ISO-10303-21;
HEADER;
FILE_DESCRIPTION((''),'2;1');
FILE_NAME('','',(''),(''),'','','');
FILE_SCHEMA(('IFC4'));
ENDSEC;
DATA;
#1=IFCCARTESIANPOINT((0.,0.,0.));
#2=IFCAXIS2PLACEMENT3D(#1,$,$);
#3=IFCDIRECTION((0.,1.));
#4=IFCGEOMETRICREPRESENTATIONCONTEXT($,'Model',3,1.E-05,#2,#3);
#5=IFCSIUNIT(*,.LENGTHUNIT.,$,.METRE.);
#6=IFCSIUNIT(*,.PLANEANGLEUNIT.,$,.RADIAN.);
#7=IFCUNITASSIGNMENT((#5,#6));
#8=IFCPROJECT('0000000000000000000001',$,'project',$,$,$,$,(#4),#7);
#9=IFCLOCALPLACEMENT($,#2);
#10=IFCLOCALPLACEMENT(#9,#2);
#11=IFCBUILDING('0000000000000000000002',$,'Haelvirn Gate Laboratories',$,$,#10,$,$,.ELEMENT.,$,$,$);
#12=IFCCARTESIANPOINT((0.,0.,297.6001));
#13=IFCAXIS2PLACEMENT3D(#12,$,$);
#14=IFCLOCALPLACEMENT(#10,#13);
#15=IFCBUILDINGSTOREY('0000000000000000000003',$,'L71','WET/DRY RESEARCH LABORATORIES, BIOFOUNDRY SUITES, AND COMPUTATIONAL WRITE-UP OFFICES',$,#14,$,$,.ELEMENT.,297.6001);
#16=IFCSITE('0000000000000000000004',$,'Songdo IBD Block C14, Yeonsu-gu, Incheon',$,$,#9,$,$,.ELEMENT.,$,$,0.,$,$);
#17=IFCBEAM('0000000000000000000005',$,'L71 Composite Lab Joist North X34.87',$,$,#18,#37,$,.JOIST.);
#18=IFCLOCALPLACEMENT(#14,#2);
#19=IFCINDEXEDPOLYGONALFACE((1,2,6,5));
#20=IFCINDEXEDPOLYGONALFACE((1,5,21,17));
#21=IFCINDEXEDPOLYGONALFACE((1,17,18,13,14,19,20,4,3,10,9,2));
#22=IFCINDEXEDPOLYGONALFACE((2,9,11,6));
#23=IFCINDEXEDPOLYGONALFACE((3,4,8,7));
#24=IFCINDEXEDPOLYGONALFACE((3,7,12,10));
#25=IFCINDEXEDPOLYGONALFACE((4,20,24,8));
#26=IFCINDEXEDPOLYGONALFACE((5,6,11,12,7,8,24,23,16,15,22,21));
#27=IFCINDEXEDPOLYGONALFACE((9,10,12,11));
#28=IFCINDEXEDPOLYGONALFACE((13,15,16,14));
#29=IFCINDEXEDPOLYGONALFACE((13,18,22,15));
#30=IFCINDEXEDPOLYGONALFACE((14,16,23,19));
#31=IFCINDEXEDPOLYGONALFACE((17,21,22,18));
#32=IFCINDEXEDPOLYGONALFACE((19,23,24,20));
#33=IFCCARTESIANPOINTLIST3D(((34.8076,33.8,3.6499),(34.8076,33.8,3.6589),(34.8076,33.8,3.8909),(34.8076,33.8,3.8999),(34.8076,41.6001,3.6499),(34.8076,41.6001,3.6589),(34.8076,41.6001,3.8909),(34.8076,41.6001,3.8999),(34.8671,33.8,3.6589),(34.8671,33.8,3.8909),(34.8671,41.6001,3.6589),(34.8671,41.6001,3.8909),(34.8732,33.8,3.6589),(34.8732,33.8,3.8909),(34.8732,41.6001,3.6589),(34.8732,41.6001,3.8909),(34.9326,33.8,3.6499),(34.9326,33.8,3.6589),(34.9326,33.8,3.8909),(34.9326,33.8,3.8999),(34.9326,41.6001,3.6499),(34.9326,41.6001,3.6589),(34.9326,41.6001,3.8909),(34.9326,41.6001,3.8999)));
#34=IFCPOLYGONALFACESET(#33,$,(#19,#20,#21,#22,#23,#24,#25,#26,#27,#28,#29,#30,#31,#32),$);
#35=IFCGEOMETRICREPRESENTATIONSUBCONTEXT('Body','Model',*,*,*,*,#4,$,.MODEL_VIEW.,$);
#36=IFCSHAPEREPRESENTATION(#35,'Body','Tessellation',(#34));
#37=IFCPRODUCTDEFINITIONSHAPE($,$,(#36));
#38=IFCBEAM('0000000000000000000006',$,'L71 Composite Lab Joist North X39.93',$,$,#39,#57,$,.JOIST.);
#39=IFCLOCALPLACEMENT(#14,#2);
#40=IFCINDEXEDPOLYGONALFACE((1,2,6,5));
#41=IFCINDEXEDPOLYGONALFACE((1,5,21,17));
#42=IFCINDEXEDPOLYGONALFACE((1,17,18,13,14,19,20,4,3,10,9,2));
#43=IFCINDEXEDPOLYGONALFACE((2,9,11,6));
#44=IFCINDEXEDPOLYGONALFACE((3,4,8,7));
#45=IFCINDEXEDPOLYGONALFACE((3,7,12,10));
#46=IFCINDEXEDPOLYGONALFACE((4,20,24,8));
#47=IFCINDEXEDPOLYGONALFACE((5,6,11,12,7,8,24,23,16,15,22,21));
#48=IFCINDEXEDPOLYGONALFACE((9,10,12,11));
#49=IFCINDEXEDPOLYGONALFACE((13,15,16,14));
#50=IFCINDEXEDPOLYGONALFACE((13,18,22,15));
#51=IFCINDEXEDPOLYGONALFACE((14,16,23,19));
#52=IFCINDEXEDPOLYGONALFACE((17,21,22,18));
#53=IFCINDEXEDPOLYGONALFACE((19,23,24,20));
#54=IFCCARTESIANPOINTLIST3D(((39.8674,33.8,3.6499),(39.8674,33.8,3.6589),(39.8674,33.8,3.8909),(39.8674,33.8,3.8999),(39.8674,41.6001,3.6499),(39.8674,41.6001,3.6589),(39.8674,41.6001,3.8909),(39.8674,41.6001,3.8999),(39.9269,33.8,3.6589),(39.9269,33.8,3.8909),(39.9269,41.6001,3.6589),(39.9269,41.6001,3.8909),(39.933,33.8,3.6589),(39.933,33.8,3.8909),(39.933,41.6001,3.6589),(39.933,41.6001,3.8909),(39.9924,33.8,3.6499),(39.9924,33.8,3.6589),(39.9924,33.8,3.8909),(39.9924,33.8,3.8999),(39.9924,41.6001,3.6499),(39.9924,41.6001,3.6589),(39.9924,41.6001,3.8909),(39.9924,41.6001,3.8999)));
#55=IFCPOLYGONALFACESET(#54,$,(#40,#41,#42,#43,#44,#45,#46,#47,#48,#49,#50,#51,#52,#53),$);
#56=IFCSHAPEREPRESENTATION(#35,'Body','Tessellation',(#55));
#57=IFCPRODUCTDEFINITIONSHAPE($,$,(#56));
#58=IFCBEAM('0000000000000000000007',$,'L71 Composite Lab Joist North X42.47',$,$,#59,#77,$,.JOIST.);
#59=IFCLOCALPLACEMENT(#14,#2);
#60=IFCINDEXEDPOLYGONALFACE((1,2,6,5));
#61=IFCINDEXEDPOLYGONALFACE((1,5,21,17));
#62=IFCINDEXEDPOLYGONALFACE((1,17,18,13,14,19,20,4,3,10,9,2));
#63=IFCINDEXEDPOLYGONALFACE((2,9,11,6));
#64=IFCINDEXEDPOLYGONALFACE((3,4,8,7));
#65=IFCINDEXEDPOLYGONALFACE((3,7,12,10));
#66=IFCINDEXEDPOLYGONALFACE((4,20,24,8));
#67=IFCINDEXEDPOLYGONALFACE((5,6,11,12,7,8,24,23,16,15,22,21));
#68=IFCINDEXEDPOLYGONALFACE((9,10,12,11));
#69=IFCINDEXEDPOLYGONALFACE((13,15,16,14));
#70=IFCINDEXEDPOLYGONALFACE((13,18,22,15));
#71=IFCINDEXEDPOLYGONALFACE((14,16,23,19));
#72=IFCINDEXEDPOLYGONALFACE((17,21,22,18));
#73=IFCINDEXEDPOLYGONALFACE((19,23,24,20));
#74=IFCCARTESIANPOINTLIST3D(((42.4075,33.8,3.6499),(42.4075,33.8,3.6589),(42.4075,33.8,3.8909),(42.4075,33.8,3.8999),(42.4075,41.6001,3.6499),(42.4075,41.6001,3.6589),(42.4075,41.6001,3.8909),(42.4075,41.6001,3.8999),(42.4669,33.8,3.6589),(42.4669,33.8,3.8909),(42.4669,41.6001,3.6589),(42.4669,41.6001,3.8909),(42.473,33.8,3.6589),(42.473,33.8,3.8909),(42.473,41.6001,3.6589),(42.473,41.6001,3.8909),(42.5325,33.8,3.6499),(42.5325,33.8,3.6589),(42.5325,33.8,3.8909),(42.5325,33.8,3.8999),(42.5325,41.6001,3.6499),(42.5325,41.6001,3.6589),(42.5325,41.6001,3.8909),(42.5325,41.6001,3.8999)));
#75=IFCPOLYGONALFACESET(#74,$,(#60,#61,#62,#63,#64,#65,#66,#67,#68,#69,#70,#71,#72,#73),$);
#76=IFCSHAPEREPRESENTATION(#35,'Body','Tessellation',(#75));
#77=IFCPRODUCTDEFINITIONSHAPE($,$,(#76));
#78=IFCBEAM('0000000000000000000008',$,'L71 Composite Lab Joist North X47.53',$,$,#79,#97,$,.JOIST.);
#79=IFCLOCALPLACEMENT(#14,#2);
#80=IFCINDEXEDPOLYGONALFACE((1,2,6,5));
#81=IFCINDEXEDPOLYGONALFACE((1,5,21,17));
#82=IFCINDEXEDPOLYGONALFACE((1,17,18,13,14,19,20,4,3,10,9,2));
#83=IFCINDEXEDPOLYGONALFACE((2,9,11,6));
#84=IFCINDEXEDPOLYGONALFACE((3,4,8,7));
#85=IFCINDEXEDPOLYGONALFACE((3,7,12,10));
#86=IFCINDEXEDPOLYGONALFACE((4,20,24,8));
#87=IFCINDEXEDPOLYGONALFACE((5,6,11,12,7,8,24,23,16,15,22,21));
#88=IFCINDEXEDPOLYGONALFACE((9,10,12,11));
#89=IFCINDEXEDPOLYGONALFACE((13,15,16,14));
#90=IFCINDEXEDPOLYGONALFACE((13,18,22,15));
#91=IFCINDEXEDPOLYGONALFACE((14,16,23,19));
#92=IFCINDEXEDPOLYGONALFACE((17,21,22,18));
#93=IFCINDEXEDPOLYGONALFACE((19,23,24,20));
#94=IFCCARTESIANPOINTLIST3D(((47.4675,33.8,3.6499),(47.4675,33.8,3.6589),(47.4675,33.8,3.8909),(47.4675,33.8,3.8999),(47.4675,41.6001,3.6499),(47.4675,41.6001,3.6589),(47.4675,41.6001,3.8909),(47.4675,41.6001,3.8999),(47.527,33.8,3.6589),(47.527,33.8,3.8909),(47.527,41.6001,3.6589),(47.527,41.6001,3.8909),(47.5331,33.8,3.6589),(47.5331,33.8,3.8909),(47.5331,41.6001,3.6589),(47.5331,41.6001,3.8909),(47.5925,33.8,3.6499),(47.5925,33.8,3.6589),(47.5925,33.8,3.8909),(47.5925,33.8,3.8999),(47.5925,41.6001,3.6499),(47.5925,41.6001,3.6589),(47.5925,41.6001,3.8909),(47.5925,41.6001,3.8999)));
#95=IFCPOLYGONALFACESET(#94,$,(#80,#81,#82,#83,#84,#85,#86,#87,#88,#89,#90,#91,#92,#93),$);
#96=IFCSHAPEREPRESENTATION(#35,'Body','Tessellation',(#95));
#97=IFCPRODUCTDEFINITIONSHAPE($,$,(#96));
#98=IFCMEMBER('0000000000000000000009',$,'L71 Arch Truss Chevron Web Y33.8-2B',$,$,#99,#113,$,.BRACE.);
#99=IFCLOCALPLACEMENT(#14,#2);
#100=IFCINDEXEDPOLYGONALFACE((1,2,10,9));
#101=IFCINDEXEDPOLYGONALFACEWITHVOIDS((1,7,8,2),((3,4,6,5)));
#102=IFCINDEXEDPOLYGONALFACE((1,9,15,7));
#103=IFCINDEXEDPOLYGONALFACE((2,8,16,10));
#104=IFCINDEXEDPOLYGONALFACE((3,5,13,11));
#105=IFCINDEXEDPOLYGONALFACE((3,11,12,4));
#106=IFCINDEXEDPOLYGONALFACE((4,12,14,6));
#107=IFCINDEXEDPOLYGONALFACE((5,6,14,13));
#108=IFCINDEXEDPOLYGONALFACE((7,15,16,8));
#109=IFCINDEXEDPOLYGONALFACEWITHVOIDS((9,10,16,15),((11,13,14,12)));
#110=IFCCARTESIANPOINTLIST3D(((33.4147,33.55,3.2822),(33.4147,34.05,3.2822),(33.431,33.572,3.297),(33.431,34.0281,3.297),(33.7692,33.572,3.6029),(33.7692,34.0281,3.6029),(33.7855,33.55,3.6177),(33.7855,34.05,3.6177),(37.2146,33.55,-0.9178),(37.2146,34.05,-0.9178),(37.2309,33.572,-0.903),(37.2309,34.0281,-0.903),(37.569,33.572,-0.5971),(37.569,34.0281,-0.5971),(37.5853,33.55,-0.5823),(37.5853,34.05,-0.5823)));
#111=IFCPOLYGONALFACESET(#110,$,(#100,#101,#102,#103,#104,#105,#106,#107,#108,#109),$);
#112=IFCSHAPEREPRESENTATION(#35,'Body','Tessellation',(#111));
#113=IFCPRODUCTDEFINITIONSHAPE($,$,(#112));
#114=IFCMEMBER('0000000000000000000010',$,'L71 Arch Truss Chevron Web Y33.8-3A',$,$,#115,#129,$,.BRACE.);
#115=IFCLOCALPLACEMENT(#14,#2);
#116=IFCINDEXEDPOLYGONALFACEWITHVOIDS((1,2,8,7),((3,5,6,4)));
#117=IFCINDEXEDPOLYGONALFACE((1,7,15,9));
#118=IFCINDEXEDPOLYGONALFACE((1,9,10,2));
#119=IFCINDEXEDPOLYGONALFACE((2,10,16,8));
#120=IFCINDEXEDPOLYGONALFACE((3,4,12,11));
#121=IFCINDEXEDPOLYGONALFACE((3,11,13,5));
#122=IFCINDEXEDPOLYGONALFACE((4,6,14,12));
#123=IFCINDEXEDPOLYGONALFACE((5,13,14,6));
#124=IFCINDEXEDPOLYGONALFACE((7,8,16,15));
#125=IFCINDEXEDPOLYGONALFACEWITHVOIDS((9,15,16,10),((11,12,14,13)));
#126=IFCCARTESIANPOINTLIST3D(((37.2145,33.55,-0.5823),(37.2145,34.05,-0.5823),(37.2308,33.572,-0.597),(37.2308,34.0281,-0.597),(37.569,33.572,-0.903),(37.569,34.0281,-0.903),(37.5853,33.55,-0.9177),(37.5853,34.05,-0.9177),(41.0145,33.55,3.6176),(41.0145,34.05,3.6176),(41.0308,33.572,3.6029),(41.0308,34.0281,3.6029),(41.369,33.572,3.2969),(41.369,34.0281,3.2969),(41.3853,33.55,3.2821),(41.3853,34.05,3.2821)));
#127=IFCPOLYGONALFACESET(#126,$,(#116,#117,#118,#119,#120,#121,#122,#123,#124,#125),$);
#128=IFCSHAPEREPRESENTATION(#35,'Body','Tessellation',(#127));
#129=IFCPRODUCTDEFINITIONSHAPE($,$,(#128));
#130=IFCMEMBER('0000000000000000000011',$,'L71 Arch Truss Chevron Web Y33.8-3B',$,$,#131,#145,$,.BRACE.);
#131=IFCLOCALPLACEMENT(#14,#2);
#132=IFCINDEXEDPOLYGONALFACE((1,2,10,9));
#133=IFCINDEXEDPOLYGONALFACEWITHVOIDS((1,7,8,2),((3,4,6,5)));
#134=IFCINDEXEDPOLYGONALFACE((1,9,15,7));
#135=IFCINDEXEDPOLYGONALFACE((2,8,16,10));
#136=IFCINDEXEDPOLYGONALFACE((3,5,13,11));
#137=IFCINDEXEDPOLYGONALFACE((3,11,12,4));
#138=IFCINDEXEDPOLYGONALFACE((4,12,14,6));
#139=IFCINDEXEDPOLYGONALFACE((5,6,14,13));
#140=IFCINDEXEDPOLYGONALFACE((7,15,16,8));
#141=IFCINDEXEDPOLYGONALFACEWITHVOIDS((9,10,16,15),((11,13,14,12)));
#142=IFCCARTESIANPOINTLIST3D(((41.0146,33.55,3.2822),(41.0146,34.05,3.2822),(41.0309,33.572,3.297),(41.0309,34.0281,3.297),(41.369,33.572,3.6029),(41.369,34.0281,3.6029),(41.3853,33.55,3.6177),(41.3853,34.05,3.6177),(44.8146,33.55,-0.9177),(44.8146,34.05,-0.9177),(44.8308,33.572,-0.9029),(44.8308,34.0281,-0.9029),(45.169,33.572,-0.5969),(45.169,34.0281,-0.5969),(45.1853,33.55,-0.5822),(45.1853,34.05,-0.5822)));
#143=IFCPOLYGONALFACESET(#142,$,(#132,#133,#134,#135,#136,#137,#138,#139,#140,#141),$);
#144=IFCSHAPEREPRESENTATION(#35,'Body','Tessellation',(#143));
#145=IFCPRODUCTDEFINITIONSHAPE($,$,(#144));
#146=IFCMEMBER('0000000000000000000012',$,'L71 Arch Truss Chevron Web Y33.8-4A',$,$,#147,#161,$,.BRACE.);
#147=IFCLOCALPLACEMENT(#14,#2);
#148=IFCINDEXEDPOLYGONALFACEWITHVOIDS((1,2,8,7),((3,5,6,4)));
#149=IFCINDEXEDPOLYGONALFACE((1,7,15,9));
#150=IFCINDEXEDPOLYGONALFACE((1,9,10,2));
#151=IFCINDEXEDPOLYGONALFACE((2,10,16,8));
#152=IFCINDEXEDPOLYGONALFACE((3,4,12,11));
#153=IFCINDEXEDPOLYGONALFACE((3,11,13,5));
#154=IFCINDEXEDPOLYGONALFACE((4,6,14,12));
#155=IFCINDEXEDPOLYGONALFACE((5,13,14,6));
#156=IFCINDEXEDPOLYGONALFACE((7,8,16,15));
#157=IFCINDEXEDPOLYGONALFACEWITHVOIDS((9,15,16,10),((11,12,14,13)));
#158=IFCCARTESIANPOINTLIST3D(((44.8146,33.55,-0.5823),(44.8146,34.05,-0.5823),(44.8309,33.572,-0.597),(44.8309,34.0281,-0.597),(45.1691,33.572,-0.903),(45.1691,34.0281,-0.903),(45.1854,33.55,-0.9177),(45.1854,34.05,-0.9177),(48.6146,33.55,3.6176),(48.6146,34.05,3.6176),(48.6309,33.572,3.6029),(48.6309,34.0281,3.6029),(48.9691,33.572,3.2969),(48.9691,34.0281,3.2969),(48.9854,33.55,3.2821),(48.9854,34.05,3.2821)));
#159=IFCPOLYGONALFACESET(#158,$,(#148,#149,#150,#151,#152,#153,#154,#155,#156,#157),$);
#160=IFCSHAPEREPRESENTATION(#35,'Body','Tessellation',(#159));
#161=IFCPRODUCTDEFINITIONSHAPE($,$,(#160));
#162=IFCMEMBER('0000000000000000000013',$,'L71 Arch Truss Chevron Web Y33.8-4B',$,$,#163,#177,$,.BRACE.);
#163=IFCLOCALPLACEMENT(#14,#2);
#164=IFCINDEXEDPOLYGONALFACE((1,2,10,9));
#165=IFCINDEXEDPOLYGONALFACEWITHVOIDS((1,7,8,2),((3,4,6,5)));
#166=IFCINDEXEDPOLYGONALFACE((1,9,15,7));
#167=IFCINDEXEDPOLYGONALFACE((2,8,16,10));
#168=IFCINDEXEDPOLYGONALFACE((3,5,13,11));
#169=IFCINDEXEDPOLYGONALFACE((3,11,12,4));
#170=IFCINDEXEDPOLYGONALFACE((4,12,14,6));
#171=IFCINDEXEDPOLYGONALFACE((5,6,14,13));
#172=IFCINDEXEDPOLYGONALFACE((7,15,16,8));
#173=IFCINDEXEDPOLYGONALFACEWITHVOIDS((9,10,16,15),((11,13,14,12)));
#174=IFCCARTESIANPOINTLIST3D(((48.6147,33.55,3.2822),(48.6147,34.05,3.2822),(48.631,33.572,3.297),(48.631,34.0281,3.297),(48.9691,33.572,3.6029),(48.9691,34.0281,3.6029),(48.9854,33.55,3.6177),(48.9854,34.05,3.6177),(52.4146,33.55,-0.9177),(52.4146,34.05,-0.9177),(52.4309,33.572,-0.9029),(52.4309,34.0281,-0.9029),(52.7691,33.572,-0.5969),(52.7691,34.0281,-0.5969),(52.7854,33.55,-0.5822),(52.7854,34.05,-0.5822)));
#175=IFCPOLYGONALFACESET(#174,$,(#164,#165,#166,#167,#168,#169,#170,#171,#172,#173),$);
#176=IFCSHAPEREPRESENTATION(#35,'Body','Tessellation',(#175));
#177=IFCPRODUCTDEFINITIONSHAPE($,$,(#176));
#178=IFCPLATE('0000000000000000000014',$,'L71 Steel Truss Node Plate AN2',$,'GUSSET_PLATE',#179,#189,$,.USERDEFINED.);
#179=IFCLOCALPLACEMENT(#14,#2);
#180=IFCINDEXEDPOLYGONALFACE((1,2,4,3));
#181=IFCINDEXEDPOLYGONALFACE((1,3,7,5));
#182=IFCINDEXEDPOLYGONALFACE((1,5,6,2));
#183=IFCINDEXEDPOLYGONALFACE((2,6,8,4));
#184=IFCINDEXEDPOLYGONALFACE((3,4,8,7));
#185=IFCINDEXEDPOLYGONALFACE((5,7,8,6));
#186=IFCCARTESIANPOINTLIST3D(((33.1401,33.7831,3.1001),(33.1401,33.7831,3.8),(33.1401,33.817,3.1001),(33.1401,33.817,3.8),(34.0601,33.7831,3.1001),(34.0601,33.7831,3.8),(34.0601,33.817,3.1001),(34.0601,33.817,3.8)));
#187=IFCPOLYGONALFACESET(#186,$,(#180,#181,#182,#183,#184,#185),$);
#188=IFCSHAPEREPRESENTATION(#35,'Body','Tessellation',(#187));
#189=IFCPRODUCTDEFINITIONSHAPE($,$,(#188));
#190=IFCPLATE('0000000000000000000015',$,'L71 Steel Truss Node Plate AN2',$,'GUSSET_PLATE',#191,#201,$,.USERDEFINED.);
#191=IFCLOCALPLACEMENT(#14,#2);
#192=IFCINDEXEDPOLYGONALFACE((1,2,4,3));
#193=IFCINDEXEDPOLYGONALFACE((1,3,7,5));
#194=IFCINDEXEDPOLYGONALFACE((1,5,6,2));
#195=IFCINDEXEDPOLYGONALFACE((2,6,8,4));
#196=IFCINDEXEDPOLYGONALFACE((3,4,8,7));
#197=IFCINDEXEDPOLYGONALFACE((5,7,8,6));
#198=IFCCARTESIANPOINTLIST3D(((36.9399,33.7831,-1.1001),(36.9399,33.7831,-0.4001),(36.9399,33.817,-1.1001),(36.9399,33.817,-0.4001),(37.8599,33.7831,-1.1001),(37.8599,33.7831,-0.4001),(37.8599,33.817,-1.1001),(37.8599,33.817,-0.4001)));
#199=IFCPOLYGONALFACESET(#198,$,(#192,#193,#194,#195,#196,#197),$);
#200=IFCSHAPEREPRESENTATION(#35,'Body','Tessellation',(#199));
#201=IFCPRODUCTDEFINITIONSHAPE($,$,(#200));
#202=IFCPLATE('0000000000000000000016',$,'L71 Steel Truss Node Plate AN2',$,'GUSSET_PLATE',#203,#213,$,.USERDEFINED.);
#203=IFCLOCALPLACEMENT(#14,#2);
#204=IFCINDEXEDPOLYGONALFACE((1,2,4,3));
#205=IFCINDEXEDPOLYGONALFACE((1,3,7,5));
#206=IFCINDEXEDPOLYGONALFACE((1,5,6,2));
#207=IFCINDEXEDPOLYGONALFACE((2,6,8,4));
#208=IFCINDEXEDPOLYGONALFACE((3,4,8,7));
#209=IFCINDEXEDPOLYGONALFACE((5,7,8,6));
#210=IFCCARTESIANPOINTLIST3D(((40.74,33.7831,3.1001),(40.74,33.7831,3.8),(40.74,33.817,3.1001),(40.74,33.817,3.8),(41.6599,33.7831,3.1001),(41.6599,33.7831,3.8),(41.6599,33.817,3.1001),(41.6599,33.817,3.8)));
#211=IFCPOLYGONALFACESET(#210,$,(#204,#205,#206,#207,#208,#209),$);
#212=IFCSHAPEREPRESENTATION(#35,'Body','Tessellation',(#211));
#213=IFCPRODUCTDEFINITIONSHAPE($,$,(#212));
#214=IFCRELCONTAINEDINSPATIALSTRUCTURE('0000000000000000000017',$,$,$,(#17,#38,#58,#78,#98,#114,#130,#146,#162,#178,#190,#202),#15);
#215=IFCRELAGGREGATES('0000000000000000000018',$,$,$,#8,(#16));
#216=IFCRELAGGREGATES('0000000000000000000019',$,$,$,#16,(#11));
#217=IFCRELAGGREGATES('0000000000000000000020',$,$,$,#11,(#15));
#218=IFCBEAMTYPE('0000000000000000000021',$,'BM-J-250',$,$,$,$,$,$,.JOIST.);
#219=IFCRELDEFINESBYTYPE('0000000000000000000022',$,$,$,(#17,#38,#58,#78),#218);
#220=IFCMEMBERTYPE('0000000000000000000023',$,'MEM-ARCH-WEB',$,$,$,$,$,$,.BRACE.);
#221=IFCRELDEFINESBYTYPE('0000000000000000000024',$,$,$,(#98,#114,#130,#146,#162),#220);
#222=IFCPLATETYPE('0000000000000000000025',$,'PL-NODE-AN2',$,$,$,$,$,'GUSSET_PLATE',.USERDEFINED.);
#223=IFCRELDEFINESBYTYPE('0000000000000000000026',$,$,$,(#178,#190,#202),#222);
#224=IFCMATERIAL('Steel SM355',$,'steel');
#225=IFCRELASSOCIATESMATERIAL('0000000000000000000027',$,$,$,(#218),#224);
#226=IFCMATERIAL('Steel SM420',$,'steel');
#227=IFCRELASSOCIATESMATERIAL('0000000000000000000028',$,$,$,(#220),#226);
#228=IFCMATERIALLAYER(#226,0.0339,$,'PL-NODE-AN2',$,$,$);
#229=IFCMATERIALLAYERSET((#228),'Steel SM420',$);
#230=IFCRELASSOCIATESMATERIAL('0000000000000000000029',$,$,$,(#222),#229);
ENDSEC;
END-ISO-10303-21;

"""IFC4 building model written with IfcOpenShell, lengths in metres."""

from ifc_helpers import new_model, si_unit, direction, frame, origin, origin_2d, place, context, subcontext, project, spatial, rectangle, hollow_rectangle, i_section, extrude, source, transform, mapped, material, layer, layer_set, material_profile, profile_set, type_object, type_shapes, element, save


model = new_model("IFC4")

# Units and contexts
model_context = context("Model", 3, precision=1e-05, world=origin(), true_north=direction((0.0, 1.0)))
body_context = subcontext(model_context, "Body", "Model", "MODEL_VIEW")
ifc_project = project(units=[si_unit("LENGTHUNIT", "METRE"), si_unit("PLANEANGLEUNIT", "RADIAN")], contexts=[model_context])

# Site, building, storey
site_placement = place(None, origin())
site = spatial("IfcSite", under=ifc_project, at=site_placement, Name="Songdo IBD Block C14, Yeonsu-gu, Incheon", CompositionType="ELEMENT", RefElevation=0.0)
building_placement = place(site_placement, origin())
building = spatial("IfcBuilding", under=site, at=building_placement, Name="Haelvirn Gate Laboratories", CompositionType="ELEMENT")
storey_placement = place(building_placement, frame((0.0, 0.0, 297.6001)))
storey = spatial("IfcBuildingStorey", under=building, at=storey_placement, Name="L71", Description="WET/DRY RESEARCH LABORATORIES, BIOFOUNDRY SUITES, AND COMPUTATIONAL WRITE-UP OFFICES", CompositionType="ELEMENT", Elevation=297.6001)

# Shared definitions
ifc_material_1 = material(Name="Steel SM355", Category="steel")

# Beams
ifc_material_2 = material(Name="Steel SM420", Category="steel")
ifc_material_profile_1 = material_profile(ifc_material_1, i_section(OverallWidth=0.125, OverallDepth=0.25, WebThickness=0.0061, FlangeThickness=0.009, at=origin_2d()), Name="H-250x125x6x9")
ifc_profile_set_1 = profile_set([ifc_material_profile_1], Name="Steel SM355")
beam_type_1 = type_object("IfcBeamType", Name="BM-J-250", PredefinedType="JOIST", material=ifc_profile_set_1)
shared_shape_1 = source(origin(), body_context, "Body", "SweptSolid", [
    extrude(i_section(OverallWidth=0.125, OverallDepth=0.25, WebThickness=0.0061, FlangeThickness=0.009, at=origin_2d()), origin(), (0.0, 0.0, 1.0), 7.8),
])
type_shapes(beam_type_1, [shared_shape_1])
for number, where, z_axis, x_axis, name in (
    (1, (34.8701, 33.8, 3.7749), (0.0, 1.0, 0.0), (-1.0, 0.0, 0.0), "L71 Composite Lab Joist North X34.87"),
    (2, (39.9299, 33.8, 3.7749), (0.0, 1.0, 0.0), (-1.0, 0.0, 0.0), "L71 Composite Lab Joist North X39.93"),
    (3, (42.47, 33.8, 3.7749), (0.0, 1.0, 0.0), (-1.0, 0.0, 0.0), "L71 Composite Lab Joist North X42.47"),
    (4, (47.53, 33.8, 3.7749), (0.0, 1.0, 0.0), (-1.0, 0.0, 0.0), "L71 Composite Lab Joist North X47.53"),
):
    element("IfcBeam", number, at=place(storey_placement, frame(where, z_axis=z_axis, x_axis=x_axis)), inside=storey, type_object=beam_type_1, Name=name, PredefinedType="JOIST", context=body_context, shape_type="MappedRepresentation", body=[
        mapped(shared_shape_1, transform((0.0, 0.0, 0.0), scale=1.0)),
    ])

# Members
ifc_material_profile_2 = material_profile(ifc_material_2, hollow_rectangle(XDim=0.5, YDim=0.5, WallThickness=0.022, at=origin_2d()), Name="BOX-500x500x22")
ifc_profile_set_2 = profile_set([ifc_material_profile_2], Name="Steel SM420")
member_type = type_object("IfcMemberType", Name="MEM-ARCH-WEB", PredefinedType="BRACE", material=ifc_profile_set_2)
shared_shape_2 = source(origin(), body_context, "Body", "SweptSolid", [
    extrude(hollow_rectangle(XDim=0.5, YDim=0.5, WallThickness=0.022, at=origin_2d()), origin(), (0.0, 0.0, 1.0), 5.6638),
])
type_shapes(member_type, [shared_shape_2])
for number, where, z_axis, x_axis, name in (
    (5, (33.6001, 33.8, 3.45), (0.670899, 0.0, -0.741549), (0.0, 1.0, 0.0), "L71 Arch Truss Chevron Web Y33.8-2B"),
    (6, (37.3999, 33.8, -0.75), (0.670922, 0.0, 0.741528), (0.0, 1.0, 0.0), "L71 Arch Truss Chevron Web Y33.8-3A"),
    (7, (41.2, 33.8, 3.45), (0.670922, 0.0, -0.741528), (0.0, 1.0, 0.0), "L71 Arch Truss Chevron Web Y33.8-3B"),
    (8, (45.0, 33.8, -0.75), (0.670922, 0.0, 0.741528), (0.0, 1.0, 0.0), "L71 Arch Truss Chevron Web Y33.8-4A"),
    (9, (48.8, 33.8, 3.45), (0.670922, 0.0, -0.741528), (0.0, 1.0, 0.0), "L71 Arch Truss Chevron Web Y33.8-4B"),
):
    element("IfcMember", number, at=place(storey_placement, frame(where, z_axis=z_axis, x_axis=x_axis)), inside=storey, type_object=member_type, Name=name, PredefinedType="BRACE", context=body_context, shape_type="MappedRepresentation", body=[
        mapped(shared_shape_2, transform((0.0, 0.0, 0.0), scale=1.0)),
    ])

# Plates
ifc_layer = layer(ifc_material_2, 0.0339, Name="PL-NODE-AN2")
ifc_layer_set = layer_set([ifc_layer], Name="Steel SM420")
plate_type = type_object("IfcPlateType", Name="PL-NODE-AN2", ElementType="GUSSET_PLATE", PredefinedType="USERDEFINED", material=ifc_layer_set)
shared_shape_3 = source(origin(), body_context, "Body", "SweptSolid", [
    extrude(rectangle(XDim=0.9199, YDim=0.0339, at=origin_2d()), origin(), (0.0, 0.0, 1.0), 0.7),
])
type_shapes(plate_type, [shared_shape_3])
for number, where, z_axis, x_axis, name in (
    (10, (33.6001, 33.8, 3.1001), (0.0, 0.0, 1.0), (1.0, 0.0, 0.0), "L71 Steel Truss Node Plate AN2"),
    (11, (37.3999, 33.8, -1.1001), (0.0, 0.0, 1.0), (1.0, 0.0, 0.0), "L71 Steel Truss Node Plate AN2"),
    (12, (41.2, 33.8, 3.1001), (0.0, 0.0, 1.0), (1.0, 0.0, 0.0), "L71 Steel Truss Node Plate AN2"),
):
    element("IfcPlate", number, at=place(storey_placement, frame(where, z_axis=z_axis, x_axis=x_axis)), inside=storey, type_object=plate_type, Name=name, ObjectType="GUSSET_PLATE", PredefinedType="USERDEFINED", context=body_context, shape_type="MappedRepresentation", body=[
        mapped(shared_shape_3, transform((0.0, 0.0, 0.0), scale=1.0)),
    ])

save(model, "model.ifc")
